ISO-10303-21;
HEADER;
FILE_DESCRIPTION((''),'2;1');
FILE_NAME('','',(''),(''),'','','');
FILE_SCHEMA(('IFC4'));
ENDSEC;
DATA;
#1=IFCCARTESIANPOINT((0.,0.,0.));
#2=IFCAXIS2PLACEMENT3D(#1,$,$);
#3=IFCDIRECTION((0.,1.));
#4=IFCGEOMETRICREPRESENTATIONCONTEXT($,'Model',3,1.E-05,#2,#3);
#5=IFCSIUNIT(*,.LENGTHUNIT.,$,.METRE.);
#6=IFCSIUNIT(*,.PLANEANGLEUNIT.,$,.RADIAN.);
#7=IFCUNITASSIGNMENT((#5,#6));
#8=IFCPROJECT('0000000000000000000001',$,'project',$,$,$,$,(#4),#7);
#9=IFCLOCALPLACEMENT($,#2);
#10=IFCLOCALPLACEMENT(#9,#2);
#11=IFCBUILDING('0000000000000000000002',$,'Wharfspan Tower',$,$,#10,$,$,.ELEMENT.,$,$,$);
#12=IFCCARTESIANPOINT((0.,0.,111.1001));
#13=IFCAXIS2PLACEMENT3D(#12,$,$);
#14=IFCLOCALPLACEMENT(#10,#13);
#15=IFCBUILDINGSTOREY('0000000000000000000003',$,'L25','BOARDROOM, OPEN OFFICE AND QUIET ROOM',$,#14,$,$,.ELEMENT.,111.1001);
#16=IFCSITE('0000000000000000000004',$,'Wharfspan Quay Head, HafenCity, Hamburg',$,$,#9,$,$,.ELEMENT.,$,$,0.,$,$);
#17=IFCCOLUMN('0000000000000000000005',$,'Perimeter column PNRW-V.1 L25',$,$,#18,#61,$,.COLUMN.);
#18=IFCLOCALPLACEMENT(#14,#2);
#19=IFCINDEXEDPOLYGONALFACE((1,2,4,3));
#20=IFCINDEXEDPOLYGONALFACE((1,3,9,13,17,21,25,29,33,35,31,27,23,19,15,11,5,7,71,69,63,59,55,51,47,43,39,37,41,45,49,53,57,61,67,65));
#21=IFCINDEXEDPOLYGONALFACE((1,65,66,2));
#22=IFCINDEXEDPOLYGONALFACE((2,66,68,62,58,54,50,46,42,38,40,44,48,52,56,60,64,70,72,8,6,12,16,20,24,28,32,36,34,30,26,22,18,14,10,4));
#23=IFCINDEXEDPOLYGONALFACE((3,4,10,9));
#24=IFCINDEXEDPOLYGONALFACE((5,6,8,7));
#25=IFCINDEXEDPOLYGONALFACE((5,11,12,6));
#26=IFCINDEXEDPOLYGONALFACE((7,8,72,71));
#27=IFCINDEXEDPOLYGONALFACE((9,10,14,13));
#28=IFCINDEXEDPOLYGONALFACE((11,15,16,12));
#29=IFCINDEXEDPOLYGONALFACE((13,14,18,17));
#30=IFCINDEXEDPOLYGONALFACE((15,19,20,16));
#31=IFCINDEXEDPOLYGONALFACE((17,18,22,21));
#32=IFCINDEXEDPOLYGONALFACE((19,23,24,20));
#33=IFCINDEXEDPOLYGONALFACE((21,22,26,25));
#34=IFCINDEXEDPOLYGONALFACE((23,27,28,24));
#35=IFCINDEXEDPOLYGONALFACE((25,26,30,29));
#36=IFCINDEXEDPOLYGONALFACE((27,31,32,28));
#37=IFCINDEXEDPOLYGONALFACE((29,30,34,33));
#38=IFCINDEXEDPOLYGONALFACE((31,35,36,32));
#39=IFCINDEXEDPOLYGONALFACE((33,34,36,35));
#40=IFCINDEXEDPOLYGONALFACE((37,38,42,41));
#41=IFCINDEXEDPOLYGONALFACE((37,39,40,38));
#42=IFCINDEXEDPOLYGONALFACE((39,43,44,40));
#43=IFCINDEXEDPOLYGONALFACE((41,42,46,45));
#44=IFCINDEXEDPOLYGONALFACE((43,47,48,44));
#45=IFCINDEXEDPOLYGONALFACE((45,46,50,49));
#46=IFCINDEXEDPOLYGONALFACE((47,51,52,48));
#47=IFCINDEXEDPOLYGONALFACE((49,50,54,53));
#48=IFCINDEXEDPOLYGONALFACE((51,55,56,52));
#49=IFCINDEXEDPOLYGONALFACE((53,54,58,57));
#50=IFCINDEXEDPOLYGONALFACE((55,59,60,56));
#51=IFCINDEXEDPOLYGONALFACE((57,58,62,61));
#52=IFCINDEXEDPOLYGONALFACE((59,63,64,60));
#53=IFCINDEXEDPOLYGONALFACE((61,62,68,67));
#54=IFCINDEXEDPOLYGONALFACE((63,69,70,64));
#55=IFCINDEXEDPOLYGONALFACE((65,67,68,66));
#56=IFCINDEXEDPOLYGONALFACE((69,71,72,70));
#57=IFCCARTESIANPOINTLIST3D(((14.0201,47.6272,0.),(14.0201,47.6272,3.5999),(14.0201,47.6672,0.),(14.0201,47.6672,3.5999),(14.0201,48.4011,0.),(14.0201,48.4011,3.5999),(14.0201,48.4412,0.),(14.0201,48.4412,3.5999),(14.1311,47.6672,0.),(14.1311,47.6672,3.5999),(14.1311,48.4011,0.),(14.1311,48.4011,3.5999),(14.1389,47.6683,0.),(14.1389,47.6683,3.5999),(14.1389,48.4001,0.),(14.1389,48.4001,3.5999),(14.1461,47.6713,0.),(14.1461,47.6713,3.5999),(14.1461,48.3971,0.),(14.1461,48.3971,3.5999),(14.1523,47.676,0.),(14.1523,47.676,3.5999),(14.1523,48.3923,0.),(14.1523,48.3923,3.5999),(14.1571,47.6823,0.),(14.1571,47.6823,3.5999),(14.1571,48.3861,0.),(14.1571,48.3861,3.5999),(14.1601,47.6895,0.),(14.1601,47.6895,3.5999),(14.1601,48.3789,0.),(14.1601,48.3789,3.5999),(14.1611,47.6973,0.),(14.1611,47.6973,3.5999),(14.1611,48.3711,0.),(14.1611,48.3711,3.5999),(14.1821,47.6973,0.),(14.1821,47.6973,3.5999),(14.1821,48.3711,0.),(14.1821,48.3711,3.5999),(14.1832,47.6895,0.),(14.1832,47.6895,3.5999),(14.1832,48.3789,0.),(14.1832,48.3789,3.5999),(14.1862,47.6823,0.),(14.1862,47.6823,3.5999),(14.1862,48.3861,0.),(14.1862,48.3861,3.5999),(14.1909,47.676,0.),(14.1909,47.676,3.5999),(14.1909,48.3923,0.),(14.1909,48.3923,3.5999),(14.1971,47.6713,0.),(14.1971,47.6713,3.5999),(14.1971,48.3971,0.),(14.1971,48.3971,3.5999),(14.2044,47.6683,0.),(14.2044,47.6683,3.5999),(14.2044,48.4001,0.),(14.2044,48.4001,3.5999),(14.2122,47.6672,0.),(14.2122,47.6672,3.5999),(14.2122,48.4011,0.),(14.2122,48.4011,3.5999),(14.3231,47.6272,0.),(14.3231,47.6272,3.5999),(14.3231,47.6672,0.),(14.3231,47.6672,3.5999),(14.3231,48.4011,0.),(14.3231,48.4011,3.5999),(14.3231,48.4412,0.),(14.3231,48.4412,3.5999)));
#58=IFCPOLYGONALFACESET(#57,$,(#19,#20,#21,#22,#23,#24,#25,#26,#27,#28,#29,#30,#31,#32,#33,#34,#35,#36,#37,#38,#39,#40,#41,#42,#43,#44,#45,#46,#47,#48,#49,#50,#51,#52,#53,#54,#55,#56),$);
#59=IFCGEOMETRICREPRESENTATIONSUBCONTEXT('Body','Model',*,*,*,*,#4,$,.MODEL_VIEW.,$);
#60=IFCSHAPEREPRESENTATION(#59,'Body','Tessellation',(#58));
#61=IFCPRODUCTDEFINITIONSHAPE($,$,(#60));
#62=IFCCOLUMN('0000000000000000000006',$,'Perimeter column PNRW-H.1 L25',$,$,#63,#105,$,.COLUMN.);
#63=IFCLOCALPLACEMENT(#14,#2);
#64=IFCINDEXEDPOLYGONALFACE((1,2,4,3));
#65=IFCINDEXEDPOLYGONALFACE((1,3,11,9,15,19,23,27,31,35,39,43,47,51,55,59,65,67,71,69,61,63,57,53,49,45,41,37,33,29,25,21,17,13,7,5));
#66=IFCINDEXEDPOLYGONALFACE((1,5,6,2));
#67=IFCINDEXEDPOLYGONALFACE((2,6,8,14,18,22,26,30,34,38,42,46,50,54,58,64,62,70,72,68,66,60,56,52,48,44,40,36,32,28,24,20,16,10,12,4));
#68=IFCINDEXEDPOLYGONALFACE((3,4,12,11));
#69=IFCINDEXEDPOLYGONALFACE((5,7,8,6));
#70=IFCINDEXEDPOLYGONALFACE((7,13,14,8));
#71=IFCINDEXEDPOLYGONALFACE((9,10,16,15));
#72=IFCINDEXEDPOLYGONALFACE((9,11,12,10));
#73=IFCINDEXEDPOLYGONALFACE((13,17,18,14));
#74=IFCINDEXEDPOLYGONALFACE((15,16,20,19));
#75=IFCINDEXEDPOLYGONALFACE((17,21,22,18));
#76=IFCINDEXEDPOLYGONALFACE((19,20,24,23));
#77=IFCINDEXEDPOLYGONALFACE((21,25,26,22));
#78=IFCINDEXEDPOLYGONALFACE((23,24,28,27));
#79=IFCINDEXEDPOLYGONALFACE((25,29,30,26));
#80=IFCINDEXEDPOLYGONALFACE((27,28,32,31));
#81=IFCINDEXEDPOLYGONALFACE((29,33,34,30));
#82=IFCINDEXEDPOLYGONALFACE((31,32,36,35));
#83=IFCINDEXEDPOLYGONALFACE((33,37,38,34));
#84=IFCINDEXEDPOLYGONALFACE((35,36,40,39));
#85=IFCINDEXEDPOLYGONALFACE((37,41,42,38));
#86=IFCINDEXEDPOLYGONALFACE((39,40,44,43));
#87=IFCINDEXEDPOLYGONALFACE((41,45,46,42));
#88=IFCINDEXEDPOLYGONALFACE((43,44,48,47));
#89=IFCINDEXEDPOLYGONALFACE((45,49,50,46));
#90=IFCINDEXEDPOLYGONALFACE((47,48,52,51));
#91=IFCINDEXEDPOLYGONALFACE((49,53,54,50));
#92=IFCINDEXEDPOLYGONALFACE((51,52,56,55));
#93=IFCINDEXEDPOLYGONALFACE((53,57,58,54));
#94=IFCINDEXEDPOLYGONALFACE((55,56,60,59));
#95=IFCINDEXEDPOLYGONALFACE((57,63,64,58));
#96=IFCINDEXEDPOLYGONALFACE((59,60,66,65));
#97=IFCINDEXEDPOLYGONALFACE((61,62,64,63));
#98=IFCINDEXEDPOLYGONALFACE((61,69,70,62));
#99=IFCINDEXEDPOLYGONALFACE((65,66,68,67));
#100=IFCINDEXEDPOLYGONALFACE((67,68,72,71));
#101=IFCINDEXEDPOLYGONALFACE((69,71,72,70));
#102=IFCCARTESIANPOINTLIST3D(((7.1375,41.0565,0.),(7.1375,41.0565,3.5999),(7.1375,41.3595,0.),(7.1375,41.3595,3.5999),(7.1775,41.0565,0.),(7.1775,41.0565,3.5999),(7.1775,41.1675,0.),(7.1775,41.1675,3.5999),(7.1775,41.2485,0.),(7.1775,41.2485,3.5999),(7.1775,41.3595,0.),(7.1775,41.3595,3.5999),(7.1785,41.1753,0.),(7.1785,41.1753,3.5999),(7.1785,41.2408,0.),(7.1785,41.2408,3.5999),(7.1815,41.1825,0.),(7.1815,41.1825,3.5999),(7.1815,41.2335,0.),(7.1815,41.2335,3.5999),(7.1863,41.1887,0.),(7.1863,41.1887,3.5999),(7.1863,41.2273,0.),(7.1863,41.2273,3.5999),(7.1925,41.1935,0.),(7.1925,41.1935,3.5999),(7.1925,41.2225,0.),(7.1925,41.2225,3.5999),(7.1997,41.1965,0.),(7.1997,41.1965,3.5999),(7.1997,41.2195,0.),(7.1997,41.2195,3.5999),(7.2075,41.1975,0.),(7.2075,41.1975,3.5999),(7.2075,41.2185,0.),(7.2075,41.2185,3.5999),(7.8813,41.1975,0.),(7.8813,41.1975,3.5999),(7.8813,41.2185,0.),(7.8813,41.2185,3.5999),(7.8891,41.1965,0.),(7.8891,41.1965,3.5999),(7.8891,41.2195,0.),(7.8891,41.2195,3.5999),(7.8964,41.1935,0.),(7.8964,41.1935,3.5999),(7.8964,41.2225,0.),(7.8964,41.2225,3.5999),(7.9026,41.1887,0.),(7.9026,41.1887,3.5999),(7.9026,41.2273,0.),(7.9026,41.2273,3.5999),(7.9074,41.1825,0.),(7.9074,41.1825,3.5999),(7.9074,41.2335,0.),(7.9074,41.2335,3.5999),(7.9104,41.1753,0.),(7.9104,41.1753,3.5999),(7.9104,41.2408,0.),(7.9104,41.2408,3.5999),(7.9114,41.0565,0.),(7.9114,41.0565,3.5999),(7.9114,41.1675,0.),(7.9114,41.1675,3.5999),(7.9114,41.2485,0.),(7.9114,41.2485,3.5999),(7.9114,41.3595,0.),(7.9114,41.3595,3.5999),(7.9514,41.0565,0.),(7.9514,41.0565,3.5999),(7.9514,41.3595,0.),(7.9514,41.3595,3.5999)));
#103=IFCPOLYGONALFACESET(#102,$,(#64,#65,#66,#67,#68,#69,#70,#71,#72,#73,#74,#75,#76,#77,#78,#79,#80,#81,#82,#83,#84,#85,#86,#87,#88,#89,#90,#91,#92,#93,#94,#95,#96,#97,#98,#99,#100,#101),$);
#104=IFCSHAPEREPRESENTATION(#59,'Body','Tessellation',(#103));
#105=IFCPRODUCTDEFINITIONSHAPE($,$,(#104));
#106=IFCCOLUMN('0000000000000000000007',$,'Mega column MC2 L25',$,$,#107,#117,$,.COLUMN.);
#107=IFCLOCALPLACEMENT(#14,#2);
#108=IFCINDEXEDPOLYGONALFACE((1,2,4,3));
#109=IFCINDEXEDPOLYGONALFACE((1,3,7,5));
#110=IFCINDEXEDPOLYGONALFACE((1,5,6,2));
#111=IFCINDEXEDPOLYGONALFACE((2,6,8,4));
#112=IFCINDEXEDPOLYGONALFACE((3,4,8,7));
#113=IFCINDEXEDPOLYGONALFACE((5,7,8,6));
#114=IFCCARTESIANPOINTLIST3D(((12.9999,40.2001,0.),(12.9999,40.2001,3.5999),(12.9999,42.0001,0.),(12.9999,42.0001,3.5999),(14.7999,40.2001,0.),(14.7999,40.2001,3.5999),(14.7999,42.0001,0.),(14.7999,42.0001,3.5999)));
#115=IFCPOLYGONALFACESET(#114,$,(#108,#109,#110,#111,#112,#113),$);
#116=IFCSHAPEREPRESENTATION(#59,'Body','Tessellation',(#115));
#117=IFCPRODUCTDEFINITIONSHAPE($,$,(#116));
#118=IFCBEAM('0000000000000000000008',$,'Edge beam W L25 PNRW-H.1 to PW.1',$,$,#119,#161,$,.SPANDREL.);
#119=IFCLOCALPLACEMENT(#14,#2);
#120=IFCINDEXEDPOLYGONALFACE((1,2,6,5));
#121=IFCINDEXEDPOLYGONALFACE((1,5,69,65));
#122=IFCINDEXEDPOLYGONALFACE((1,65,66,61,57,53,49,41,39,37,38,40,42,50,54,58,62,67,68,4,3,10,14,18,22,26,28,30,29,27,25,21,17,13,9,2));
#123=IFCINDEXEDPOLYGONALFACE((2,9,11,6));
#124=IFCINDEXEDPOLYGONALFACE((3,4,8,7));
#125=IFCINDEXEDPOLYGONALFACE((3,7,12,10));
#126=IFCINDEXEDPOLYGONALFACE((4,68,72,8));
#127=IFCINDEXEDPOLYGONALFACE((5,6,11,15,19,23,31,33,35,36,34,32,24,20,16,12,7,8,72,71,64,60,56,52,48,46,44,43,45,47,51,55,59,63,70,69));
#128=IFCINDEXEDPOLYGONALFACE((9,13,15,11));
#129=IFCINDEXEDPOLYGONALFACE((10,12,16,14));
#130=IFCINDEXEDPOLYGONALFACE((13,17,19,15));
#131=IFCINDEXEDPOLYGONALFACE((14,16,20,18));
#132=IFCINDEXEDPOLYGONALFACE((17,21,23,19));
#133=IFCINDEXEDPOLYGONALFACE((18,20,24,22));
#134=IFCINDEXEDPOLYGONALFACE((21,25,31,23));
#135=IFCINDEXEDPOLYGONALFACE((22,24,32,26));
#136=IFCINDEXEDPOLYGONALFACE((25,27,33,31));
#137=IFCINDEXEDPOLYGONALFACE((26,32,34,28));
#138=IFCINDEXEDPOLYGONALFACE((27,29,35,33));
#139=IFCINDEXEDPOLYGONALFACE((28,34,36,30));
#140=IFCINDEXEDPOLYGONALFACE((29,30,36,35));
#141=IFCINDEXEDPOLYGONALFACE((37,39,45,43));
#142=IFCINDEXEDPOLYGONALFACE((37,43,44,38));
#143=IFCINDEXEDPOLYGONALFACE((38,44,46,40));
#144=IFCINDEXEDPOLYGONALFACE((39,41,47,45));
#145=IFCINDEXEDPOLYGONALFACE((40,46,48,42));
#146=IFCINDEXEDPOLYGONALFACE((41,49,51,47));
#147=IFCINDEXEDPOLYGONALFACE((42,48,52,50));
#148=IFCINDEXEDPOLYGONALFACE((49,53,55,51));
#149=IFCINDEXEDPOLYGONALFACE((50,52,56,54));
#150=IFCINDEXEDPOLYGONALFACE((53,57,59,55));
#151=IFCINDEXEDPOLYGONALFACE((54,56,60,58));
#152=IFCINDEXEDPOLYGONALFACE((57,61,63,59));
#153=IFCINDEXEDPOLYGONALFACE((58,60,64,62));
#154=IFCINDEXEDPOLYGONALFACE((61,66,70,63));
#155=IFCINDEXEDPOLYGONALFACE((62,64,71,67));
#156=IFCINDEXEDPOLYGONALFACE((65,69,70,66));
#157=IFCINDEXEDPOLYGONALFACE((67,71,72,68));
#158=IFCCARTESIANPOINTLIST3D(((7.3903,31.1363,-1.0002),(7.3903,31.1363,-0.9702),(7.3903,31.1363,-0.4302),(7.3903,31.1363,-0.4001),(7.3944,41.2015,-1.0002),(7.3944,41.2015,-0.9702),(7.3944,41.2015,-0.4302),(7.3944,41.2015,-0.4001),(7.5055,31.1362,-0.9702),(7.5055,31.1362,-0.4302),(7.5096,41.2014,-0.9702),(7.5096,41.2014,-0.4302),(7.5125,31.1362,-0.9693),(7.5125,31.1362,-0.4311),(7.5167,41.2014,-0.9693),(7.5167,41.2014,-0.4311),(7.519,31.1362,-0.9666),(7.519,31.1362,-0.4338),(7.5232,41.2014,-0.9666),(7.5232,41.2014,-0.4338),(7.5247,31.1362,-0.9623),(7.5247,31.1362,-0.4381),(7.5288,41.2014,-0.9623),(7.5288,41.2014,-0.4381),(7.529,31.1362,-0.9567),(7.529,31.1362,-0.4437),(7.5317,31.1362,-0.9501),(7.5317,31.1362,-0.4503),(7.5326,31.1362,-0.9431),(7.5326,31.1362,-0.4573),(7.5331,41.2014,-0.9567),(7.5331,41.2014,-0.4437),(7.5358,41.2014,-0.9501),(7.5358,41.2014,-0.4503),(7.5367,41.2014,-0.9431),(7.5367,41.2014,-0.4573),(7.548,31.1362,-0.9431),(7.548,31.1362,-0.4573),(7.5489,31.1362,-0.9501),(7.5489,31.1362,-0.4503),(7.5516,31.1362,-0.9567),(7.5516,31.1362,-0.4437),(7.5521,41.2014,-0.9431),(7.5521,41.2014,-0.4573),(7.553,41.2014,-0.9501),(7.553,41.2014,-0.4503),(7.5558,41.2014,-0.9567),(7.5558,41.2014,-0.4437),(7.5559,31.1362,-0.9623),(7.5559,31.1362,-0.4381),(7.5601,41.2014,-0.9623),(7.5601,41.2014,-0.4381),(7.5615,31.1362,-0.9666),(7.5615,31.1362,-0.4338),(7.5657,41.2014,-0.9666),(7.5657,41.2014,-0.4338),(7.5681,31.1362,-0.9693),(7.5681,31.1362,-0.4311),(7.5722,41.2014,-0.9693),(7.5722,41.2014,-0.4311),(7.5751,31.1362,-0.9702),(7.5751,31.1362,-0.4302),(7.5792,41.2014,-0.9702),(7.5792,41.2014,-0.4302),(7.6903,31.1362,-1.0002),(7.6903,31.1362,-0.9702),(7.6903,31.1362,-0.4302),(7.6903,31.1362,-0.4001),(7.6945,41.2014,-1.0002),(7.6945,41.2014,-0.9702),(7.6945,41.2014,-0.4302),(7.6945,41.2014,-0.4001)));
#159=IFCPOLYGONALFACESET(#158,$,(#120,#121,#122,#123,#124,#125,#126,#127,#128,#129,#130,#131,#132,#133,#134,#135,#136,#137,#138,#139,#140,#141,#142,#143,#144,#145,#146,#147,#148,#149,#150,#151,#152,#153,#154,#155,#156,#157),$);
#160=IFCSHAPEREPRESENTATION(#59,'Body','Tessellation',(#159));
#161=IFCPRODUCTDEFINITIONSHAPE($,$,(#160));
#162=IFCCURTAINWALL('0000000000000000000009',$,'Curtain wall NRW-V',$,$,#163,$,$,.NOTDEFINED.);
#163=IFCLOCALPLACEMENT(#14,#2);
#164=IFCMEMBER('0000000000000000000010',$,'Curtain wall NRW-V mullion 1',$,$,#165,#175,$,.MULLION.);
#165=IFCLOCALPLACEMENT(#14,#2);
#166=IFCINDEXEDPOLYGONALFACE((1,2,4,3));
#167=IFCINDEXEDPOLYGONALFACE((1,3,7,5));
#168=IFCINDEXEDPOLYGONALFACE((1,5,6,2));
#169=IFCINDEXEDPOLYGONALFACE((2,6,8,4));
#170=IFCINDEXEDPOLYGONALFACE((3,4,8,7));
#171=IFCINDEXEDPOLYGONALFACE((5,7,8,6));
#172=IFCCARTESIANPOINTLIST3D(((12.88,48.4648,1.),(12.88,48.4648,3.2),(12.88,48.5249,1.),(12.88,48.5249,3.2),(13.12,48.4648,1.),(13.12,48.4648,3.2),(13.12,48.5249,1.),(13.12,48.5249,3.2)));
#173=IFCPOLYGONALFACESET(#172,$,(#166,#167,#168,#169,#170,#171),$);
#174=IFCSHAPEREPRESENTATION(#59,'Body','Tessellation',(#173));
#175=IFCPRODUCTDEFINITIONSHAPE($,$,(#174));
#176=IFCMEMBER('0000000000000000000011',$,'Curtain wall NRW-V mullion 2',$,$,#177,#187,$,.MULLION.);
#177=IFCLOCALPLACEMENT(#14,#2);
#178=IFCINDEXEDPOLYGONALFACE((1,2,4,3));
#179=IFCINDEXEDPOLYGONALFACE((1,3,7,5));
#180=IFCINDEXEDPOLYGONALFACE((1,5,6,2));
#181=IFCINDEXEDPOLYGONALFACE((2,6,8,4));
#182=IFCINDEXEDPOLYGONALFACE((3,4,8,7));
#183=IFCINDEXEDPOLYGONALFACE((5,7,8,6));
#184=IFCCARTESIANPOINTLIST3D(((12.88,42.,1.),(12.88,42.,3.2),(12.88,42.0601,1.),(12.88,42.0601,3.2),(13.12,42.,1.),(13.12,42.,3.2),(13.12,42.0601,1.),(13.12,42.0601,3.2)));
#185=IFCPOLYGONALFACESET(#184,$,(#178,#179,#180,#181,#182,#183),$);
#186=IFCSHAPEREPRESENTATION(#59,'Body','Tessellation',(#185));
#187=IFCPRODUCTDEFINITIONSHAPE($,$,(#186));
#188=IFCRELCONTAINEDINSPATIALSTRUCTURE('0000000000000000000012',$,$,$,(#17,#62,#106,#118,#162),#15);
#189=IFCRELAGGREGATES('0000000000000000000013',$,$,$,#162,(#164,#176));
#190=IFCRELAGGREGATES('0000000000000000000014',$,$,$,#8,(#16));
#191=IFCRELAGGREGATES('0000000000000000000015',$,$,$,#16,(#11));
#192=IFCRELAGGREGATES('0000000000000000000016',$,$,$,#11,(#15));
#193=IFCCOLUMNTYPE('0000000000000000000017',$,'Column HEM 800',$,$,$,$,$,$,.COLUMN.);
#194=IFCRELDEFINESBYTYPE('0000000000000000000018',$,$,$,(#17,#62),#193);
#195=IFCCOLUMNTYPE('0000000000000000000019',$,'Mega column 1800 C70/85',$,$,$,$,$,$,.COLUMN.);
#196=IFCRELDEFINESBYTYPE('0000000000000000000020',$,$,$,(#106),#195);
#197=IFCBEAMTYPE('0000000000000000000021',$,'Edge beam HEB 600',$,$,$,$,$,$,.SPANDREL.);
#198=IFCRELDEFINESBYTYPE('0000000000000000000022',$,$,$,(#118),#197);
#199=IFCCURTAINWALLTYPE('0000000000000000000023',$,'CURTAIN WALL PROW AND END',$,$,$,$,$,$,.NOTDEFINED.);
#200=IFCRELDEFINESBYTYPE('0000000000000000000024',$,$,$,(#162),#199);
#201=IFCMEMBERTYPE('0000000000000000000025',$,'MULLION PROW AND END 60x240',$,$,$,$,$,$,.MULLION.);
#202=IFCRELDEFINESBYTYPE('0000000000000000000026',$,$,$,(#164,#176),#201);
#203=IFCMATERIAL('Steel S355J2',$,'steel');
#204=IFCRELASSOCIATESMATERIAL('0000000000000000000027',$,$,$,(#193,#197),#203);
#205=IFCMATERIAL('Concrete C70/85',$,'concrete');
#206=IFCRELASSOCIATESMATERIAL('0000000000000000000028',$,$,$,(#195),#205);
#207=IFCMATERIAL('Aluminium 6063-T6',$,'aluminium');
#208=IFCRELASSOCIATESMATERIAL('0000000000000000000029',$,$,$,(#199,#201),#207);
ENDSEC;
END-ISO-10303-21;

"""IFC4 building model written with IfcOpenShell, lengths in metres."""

from ifc_helpers import new_model, si_unit, direction, frame, origin, origin_2d, place, context, subcontext, project, spatial, rectangle, i_section, extrude, material, material_profile, profile_set, type_object, element, aggregate, save


model = new_model("IFC4")

# Units and contexts
model_context = context("Model", 3, precision=1e-05, world=origin(), true_north=direction((0.0, 1.0)))
body_context = subcontext(model_context, "Body", "Model", "MODEL_VIEW")
ifc_project = project(units=[si_unit("LENGTHUNIT", "METRE"), si_unit("PLANEANGLEUNIT", "RADIAN")], contexts=[model_context])

# Site, building, storey
site_placement = place(None, origin())
site = spatial("IfcSite", under=ifc_project, at=site_placement, Name="Wharfspan Quay Head, HafenCity, Hamburg", CompositionType="ELEMENT", RefElevation=0.0)
building_placement = place(site_placement, origin())
building = spatial("IfcBuilding", under=site, at=building_placement, Name="Wharfspan Tower", CompositionType="ELEMENT")
storey_placement = place(building_placement, frame((0.0, 0.0, 111.1001)))
storey = spatial("IfcBuildingStorey", under=building, at=storey_placement, Name="L25", Description="BOARDROOM, OPEN OFFICE AND QUIET ROOM", CompositionType="ELEMENT", Elevation=111.1001)

# Columns
ifc_material_1 = material(Name="Steel S355J2", Category="steel")
ifc_material_profile_1 = material_profile(ifc_material_1, i_section(OverallWidth=0.303, OverallDepth=0.814, WebThickness=0.021, FlangeThickness=0.04, FilletRadius=0.03, at=origin_2d()))
ifc_profile_set_1 = profile_set([ifc_material_profile_1], Name="Steel S355J2")
column_type_1 = type_object("IfcColumnType", Name="Column HEM 800", PredefinedType="COLUMN", material=ifc_profile_set_1)
for number, where, z_axis, x_axis, name in (
    (1, (14.1716, 48.0342, 0.0), (0.0, 0.0, 1.0), (-1.0, 0.0, 0.0), "Perimeter column PNRW-V.1 L25"),
    (2, (7.5444, 41.208, 0.0), (0.0, 0.0, 1.0), (0.0, 1.0, 0.0), "Perimeter column PNRW-H.1 L25"),
):
    element("IfcColumn", number, at=place(storey_placement, frame(where, z_axis=z_axis, x_axis=x_axis)), inside=storey, type_object=column_type_1, Name=name, PredefinedType="COLUMN", context=body_context, shape_type="SweptSolid", body=[
        extrude(i_section(OverallWidth=0.303, OverallDepth=0.814, WebThickness=0.021, FlangeThickness=0.04, FilletRadius=0.03, at=origin_2d()), origin(), (0.0, 0.0, 1.0), 3.5999),
    ])
ifc_material_2 = material(Name="Concrete C70/85", Category="concrete")
ifc_material_profile_2 = material_profile(ifc_material_2, rectangle(XDim=1.8, YDim=1.8, at=origin_2d()))
ifc_profile_set_2 = profile_set([ifc_material_profile_2], Name="Concrete C70/85")
column_type_2 = type_object("IfcColumnType", Name="Mega column 1800 C70/85", PredefinedType="COLUMN", material=ifc_profile_set_2)
column_placement = place(storey_placement, frame((13.8999, 41.1001, 0.0), z_axis=(0.0, 0.0, 1.0), x_axis=(1.0, 0.0, 0.0)))
element("IfcColumn", 3, at=column_placement, inside=storey, type_object=column_type_2, Name="Mega column MC2 L25", PredefinedType="COLUMN", context=body_context, shape_type="SweptSolid", body=[
    extrude(rectangle(XDim=1.8, YDim=1.8, at=origin_2d()), origin(), (0.0, 0.0, 1.0), 3.5999),
])

# Beam
ifc_material_profile_3 = material_profile(ifc_material_1, i_section(OverallWidth=0.3, OverallDepth=0.6001, WebThickness=0.0154, FlangeThickness=0.03, FilletRadius=0.0271, at=origin_2d()))
ifc_profile_set_3 = profile_set([ifc_material_profile_3], Name="Steel S355J2")
beam_type = type_object("IfcBeamType", Name="Edge beam HEB 600", PredefinedType="SPANDREL", material=ifc_profile_set_3)
beam_placement = place(storey_placement, frame((7.5444, 41.2014, -0.7002), z_axis=(-0.000412, -1.0, 0.0), x_axis=(1.0, -0.000412, 0.0)))
element("IfcBeam", 4, at=beam_placement, inside=storey, type_object=beam_type, Name="Edge beam W L25 PNRW-H.1 to PW.1", PredefinedType="SPANDREL", context=body_context, shape_type="SweptSolid", body=[
    extrude(i_section(OverallWidth=0.3, OverallDepth=0.6001, WebThickness=0.0154, FlangeThickness=0.03, FilletRadius=0.0271, at=origin_2d()), origin(), (0.0, 0.0, 1.0), 10.0652),
])

# Curtain wall, members
ifc_material_3 = material(Name="Aluminium 6063-T6", Category="aluminium")
curtain_wall_type = type_object("IfcCurtainWallType", Name="CURTAIN WALL PROW AND END", PredefinedType="NOTDEFINED", material=ifc_material_3)
curtain_wall_1_placement = place(storey_placement, origin())
curtain_wall_1 = element("IfcCurtainWall", 5, at=curtain_wall_1_placement, inside=storey, type_object=curtain_wall_type, Name="Curtain wall NRW-V", PredefinedType="NOTDEFINED")
ifc_material_profile_4 = material_profile(ifc_material_3, rectangle(XDim=0.24, YDim=0.0601, at=origin_2d()))
ifc_profile_set_4 = profile_set([ifc_material_profile_4], Name="Aluminium 6063-T6")
member_type_1 = type_object("IfcMemberType", Name="MULLION PROW AND END 60x240", PredefinedType="MULLION", material=ifc_profile_set_4)
member_1_placement = place(storey_placement, frame((13.0, 48.4949, 1.0), z_axis=(0.0, 0.0, 1.0), x_axis=(1.0, 0.0, 0.0)))
member_1 = element("IfcMember", 6, at=member_1_placement, type_object=member_type_1, Name="Curtain wall NRW-V mullion 1", PredefinedType="MULLION", context=body_context, shape_type="SweptSolid", body=[
    extrude(rectangle(XDim=0.24, YDim=0.0601, at=origin_2d()), origin(), (0.0, 0.0, 1.0), 2.2),
])
member_2_placement = place(storey_placement, frame((13.0, 42.03, 1.0), z_axis=(0.0, 0.0, 1.0), x_axis=(1.0, 0.0, 0.0)))
member_2 = element("IfcMember", 7, at=member_2_placement, type_object=member_type_1, Name="Curtain wall NRW-V mullion 2", PredefinedType="MULLION", context=body_context, shape_type="SweptSolid", body=[
    extrude(rectangle(XDim=0.24, YDim=0.0601, at=origin_2d()), origin(), (0.0, 0.0, 1.0), 2.2),
])

aggregate(curtain_wall_1, [member_1, member_2])

save(model, "model.ifc")
